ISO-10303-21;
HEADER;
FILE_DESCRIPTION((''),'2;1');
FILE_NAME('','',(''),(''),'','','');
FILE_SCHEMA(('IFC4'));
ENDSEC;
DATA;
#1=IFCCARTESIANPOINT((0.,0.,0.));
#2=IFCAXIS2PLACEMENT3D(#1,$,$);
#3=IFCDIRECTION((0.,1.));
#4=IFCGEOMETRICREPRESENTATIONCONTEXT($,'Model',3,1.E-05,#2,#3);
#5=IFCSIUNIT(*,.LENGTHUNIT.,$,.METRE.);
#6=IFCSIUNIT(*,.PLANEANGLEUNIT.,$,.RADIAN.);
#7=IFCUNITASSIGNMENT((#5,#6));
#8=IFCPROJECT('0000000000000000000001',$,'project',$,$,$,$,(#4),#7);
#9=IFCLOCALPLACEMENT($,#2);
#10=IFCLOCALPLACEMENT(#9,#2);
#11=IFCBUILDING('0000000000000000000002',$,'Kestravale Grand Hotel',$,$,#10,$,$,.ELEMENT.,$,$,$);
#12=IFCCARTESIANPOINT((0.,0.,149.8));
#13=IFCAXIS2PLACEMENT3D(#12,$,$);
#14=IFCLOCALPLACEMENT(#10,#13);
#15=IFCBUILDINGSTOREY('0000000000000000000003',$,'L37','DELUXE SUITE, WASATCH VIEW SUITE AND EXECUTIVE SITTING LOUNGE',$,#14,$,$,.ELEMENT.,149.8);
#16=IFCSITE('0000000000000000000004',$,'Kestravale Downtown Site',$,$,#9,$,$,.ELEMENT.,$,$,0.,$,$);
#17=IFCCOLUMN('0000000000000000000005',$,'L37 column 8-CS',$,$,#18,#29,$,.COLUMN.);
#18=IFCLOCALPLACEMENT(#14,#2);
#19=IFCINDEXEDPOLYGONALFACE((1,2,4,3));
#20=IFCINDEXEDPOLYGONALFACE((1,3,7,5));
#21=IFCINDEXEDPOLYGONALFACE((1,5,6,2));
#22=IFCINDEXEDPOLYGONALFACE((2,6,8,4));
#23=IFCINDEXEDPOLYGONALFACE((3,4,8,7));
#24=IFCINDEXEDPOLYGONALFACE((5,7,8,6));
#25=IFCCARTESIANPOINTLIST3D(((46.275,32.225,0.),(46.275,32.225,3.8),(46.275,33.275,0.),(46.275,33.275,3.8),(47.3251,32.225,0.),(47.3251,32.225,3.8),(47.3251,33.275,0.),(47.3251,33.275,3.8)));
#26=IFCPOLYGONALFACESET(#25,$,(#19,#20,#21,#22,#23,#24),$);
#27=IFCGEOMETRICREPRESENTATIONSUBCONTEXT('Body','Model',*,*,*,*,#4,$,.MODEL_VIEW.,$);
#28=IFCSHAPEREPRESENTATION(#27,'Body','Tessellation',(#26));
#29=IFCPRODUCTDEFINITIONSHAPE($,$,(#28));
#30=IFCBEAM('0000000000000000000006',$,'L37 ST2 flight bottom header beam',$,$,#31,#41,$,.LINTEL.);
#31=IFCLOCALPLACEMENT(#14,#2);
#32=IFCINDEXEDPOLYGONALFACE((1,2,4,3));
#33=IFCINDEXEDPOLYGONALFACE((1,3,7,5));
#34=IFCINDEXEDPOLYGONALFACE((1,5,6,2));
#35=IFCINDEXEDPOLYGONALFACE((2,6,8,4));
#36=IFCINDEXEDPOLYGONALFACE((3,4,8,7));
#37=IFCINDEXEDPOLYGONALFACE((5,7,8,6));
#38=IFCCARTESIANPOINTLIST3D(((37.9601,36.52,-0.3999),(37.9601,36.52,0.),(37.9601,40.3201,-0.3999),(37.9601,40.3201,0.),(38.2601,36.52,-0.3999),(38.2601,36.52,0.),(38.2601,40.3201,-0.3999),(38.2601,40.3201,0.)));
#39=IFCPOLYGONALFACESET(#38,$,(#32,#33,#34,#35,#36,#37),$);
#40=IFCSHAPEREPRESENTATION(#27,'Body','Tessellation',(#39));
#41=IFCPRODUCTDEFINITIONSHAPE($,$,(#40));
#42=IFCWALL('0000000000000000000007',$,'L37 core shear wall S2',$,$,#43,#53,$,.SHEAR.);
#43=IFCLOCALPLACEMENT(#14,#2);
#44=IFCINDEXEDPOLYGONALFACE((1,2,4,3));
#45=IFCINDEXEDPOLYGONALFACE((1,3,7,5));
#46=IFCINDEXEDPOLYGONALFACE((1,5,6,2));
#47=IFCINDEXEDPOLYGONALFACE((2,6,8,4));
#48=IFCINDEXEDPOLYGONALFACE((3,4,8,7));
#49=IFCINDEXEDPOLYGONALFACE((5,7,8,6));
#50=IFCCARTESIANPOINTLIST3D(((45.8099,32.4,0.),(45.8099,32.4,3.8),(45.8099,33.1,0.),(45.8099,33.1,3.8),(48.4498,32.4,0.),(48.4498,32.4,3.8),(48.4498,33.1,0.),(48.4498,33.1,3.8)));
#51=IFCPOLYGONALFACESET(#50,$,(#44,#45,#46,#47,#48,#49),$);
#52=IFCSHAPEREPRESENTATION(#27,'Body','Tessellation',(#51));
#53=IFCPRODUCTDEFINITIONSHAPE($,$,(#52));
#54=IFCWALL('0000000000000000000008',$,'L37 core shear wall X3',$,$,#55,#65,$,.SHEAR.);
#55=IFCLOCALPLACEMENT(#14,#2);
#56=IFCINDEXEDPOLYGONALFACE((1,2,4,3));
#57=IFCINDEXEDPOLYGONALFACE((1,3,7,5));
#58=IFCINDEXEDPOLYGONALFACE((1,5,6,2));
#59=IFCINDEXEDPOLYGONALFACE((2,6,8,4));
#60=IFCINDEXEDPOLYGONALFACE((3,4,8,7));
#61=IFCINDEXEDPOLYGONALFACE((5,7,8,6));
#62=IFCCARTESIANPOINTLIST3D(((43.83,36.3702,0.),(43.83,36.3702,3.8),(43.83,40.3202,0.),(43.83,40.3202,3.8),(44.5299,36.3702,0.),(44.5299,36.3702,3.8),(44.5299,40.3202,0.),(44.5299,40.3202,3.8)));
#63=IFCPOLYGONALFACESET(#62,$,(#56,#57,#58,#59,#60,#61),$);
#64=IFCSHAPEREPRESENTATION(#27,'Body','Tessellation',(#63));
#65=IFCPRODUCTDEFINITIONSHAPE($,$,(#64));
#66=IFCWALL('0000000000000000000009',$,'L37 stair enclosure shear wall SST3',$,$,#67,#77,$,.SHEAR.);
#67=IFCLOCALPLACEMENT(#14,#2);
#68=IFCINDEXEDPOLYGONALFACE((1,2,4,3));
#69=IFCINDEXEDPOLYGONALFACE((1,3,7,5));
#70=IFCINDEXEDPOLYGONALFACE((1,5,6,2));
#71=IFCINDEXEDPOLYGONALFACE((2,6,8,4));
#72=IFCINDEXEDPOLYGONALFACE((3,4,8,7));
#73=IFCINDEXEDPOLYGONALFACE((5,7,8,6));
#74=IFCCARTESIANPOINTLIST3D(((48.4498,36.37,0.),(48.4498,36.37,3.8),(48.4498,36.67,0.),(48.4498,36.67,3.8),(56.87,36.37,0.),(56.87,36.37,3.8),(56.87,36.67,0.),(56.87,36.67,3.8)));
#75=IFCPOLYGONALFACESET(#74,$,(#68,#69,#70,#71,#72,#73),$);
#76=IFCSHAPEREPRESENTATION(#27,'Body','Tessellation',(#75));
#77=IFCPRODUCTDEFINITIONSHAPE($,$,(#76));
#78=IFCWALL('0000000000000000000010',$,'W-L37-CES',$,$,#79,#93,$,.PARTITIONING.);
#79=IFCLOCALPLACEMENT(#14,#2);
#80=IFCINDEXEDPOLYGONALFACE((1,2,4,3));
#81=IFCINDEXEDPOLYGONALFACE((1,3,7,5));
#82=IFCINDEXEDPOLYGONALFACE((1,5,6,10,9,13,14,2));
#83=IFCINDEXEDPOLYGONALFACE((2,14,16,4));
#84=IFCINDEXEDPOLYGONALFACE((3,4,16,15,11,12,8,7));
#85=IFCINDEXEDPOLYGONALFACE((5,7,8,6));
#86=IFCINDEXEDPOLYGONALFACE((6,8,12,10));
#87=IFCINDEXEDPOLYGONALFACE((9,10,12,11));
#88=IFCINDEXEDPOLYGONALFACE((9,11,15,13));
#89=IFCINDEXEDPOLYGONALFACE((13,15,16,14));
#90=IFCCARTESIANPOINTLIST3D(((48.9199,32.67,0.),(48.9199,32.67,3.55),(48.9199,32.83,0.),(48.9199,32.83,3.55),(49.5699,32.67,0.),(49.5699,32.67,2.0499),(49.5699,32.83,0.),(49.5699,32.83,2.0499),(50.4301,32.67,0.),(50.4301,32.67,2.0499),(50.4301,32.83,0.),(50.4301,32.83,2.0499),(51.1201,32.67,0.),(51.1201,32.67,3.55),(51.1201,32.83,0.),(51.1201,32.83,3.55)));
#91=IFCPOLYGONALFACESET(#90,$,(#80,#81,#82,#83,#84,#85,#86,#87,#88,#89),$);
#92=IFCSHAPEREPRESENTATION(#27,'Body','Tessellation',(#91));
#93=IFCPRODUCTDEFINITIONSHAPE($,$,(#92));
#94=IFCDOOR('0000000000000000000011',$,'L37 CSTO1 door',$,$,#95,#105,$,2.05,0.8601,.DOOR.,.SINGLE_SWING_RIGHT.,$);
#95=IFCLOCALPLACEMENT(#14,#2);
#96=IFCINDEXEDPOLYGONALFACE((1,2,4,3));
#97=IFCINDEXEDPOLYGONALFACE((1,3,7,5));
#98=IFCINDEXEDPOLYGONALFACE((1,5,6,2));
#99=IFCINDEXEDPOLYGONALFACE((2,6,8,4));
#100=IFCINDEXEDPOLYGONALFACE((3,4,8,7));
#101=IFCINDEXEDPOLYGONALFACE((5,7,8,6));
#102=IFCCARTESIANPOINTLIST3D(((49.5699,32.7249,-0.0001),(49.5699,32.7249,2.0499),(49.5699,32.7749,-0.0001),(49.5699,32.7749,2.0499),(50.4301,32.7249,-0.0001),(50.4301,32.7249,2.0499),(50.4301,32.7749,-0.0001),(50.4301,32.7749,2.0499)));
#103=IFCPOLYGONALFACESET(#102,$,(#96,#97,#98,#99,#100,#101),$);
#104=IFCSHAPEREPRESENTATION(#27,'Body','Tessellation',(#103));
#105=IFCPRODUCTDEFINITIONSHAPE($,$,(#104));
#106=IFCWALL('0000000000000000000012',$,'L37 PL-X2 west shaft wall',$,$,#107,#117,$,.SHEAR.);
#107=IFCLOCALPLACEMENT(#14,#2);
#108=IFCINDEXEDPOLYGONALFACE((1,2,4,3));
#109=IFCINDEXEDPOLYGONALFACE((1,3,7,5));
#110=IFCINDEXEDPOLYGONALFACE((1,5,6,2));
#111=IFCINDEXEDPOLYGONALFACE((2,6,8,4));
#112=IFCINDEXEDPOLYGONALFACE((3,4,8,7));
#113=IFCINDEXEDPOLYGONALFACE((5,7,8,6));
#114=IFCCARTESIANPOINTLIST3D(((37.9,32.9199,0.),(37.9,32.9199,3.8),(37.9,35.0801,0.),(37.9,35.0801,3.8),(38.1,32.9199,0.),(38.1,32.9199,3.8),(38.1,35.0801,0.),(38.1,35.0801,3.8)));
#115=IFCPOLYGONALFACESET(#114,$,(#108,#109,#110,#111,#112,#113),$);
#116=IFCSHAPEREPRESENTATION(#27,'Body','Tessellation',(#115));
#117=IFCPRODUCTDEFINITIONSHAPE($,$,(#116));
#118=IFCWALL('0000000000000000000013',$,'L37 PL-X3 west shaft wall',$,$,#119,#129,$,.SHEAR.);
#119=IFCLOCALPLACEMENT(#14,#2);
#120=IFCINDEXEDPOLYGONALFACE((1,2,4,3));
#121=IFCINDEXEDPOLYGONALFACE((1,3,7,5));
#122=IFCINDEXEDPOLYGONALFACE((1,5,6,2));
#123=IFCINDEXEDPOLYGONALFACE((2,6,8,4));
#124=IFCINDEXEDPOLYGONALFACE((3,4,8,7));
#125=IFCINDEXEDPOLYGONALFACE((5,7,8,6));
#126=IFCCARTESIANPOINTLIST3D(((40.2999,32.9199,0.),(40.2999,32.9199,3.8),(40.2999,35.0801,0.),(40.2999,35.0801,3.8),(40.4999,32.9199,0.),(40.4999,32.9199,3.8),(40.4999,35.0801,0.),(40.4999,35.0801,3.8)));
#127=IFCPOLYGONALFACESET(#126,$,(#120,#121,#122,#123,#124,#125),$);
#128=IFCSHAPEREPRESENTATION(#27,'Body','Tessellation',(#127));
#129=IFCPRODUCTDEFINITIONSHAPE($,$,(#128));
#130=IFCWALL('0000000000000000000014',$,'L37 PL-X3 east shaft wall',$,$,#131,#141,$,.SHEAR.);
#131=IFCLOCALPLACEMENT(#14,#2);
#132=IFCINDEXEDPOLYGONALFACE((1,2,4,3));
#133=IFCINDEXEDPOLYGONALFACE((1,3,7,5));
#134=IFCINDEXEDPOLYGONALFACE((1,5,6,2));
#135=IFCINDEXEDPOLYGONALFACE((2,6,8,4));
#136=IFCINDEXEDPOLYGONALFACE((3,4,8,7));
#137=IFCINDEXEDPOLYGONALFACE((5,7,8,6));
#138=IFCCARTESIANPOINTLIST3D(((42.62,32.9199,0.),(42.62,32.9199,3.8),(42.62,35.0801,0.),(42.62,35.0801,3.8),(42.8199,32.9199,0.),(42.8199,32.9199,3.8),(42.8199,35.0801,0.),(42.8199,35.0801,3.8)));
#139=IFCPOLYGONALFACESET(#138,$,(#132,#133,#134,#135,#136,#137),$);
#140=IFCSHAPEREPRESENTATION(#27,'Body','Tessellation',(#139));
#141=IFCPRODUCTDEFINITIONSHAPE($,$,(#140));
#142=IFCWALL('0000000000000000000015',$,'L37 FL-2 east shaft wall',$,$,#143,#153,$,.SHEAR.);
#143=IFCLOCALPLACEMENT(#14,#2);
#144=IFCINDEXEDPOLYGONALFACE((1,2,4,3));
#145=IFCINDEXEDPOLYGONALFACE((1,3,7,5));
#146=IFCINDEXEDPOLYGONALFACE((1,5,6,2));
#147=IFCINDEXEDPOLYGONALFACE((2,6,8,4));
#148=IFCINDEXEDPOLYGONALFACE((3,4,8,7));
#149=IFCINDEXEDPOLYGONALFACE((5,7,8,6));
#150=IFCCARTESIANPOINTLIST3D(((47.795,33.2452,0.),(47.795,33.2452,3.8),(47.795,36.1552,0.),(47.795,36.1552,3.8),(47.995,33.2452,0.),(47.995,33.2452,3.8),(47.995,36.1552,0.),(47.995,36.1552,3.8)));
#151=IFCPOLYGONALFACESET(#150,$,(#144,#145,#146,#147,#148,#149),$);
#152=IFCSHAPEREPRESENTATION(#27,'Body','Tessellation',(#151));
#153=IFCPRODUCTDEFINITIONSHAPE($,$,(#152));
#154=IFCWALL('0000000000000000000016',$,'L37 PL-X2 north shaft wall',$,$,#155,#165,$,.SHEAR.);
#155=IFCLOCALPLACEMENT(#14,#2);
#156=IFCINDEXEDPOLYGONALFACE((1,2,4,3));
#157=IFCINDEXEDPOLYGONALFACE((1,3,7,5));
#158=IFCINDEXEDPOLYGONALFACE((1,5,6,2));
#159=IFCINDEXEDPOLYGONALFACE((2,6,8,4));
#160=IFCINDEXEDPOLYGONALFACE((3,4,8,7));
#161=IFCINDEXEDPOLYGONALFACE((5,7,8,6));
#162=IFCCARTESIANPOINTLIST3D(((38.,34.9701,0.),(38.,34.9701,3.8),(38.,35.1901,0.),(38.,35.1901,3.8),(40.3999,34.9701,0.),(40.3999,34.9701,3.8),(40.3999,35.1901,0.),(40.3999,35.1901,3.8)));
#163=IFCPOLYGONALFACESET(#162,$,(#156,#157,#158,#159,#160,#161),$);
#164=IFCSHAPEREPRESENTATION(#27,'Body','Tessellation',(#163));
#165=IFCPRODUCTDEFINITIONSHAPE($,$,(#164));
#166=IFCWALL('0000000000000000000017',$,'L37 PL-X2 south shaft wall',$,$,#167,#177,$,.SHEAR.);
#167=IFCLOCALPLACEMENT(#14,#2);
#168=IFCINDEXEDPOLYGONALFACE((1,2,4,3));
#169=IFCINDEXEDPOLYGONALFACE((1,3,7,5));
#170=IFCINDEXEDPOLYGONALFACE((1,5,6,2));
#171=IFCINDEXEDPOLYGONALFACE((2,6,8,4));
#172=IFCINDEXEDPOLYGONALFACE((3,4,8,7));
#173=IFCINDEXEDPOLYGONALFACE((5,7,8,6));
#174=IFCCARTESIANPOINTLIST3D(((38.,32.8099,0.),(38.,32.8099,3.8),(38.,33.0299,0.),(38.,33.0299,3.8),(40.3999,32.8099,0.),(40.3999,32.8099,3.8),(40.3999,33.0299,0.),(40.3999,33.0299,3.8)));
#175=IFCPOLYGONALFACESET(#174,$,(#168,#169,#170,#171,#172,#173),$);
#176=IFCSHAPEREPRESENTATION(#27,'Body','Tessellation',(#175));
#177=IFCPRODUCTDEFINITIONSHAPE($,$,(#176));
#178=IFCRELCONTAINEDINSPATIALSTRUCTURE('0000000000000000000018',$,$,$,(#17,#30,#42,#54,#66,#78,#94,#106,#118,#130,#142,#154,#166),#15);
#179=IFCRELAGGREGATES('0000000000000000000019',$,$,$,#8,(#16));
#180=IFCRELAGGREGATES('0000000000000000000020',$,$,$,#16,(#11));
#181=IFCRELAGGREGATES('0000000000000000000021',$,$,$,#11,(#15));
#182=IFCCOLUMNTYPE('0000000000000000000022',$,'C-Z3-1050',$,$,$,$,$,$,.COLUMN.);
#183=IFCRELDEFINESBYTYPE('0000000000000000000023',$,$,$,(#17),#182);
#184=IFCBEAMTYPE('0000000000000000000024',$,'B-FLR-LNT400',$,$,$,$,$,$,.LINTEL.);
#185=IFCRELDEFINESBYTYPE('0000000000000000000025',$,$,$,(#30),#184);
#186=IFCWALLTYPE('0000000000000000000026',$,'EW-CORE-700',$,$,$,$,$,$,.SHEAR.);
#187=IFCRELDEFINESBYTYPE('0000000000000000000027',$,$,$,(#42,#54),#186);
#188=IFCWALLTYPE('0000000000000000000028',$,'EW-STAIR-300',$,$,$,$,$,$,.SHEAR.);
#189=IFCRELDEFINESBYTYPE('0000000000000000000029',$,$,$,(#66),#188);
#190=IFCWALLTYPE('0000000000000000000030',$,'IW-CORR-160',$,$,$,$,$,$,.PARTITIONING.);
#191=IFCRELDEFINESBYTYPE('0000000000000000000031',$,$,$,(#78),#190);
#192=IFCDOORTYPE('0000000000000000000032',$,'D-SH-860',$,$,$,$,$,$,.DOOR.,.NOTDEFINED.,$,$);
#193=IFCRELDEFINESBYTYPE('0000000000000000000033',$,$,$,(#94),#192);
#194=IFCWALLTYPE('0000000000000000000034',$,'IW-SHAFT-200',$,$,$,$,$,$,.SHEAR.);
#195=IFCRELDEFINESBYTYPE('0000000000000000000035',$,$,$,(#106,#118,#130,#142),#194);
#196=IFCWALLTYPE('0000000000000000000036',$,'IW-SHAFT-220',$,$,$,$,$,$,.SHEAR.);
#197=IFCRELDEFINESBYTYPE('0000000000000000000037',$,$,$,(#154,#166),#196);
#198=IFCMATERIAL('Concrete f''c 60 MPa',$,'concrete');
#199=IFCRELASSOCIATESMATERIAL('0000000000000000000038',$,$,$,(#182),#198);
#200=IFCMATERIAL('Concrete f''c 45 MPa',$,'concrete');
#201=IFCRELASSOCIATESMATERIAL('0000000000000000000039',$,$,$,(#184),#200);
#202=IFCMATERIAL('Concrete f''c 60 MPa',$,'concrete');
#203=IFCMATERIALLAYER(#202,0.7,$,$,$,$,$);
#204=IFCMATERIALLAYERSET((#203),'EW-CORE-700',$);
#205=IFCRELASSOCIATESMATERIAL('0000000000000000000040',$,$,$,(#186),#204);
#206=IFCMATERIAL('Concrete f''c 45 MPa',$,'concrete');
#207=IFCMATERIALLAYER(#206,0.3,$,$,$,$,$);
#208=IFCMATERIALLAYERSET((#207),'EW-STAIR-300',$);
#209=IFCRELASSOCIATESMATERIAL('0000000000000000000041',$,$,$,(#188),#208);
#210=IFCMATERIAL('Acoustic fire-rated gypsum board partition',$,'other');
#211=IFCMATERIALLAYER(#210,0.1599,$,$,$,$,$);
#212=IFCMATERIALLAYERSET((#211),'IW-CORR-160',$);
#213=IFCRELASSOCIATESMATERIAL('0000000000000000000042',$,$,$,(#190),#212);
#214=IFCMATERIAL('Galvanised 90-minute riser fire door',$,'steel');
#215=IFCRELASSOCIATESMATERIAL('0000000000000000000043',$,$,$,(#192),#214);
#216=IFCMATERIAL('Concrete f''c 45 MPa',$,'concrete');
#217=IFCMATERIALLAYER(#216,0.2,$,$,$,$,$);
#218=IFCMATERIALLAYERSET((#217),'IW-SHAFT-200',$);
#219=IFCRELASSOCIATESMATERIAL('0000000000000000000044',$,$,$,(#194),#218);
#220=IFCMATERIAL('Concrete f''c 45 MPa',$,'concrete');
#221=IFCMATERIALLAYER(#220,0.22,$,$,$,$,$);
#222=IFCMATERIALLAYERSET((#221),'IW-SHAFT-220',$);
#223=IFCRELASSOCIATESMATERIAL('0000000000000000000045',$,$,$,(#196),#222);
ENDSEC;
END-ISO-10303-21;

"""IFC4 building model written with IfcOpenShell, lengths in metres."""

from ifc_helpers import new_model, si_unit, direction, frame, frame_2d, origin, origin_2d, place, context, subcontext, project, spatial, rectangle, extrude, material, layer, layer_set, material_profile, profile_set, type_object, element, fill, save


model = new_model("IFC4")

# Units and contexts
model_context = context("Model", 3, precision=1e-05, world=origin(), true_north=direction((0.0, 1.0)))
body_context = subcontext(model_context, "Body", "Model", "MODEL_VIEW")
ifc_project = project(units=[si_unit("LENGTHUNIT", "METRE"), si_unit("PLANEANGLEUNIT", "RADIAN")], contexts=[model_context])

# Site, building, storey
site_placement = place(None, origin())
site = spatial("IfcSite", under=ifc_project, at=site_placement, Name="Kestravale Downtown Site", CompositionType="ELEMENT", RefElevation=0.0)
building_placement = place(site_placement, origin())
building = spatial("IfcBuilding", under=site, at=building_placement, Name="Kestravale Grand Hotel", CompositionType="ELEMENT")
storey_placement = place(building_placement, frame((0.0, 0.0, 149.8)))
storey = spatial("IfcBuildingStorey", under=building, at=storey_placement, Name="L37", Description="DELUXE SUITE, WASATCH VIEW SUITE AND EXECUTIVE SITTING LOUNGE", CompositionType="ELEMENT", Elevation=149.8)

# Column
ifc_material_1 = material(Name="Concrete f'c 60 MPa", Category="concrete")
ifc_material_profile_1 = material_profile(ifc_material_1, rectangle(XDim=1.05, YDim=1.05, at=origin_2d()))
ifc_profile_set_1 = profile_set([ifc_material_profile_1], Name="Concrete f'c 60 MPa")
column_type = type_object("IfcColumnType", Name="C-Z3-1050", PredefinedType="COLUMN", material=ifc_profile_set_1)
column_placement = place(storey_placement, frame((46.8, 32.75, 0.0), z_axis=(0.0, 0.0, 1.0), x_axis=(1.0, 0.0, 0.0)))
element("IfcColumn", 1, at=column_placement, inside=storey, type_object=column_type, Name="L37 column 8-CS", PredefinedType="COLUMN", context=body_context, shape_type="SweptSolid", body=[
    extrude(rectangle(XDim=1.05, YDim=1.05, at=origin_2d()), origin(), (0.0, 0.0, 1.0), 3.8),
])

# Beam
ifc_material_2 = material(Name="Concrete f'c 45 MPa", Category="concrete")
ifc_material_profile_2 = material_profile(ifc_material_2, rectangle(XDim=0.3, YDim=0.3999, at=origin_2d()))
ifc_profile_set_2 = profile_set([ifc_material_profile_2], Name="Concrete f'c 45 MPa")
beam_type = type_object("IfcBeamType", Name="B-FLR-LNT400", PredefinedType="LINTEL", material=ifc_profile_set_2)
beam_placement = place(storey_placement, frame((38.1101, 36.52, -0.2), z_axis=(0.0, 1.0, 0.0), x_axis=(-1.0, 0.0, 0.0)))
element("IfcBeam", 2, at=beam_placement, inside=storey, type_object=beam_type, Name="L37 ST2 flight bottom header beam", PredefinedType="LINTEL", context=body_context, shape_type="SweptSolid", body=[
    extrude(rectangle(XDim=0.3, YDim=0.3999, at=origin_2d()), origin(), (0.0, 0.0, 1.0), 3.8),
])

# Walls
ifc_material_3 = material(Name="Concrete f'c 60 MPa", Category="concrete")
ifc_layer_1 = layer(ifc_material_3, 0.7)
ifc_layer_set_1 = layer_set([ifc_layer_1], Name="EW-CORE-700")
wall_type_1 = type_object("IfcWallType", Name="EW-CORE-700", PredefinedType="SHEAR", material=ifc_layer_set_1)
wall_1_placement = place(storey_placement, frame((45.8101, 32.75, 0.0), z_axis=(0.0, 0.0, 1.0), x_axis=(1.0, 0.0, 0.0)))
element("IfcWall", 3, at=wall_1_placement, inside=storey, type_object=wall_type_1, Name="L37 core shear wall S2", PredefinedType="SHEAR", context=body_context, shape_type="SweptSolid", body=[
    extrude(rectangle(XDim=2.6399, YDim=0.7, at=frame_2d((1.3198, 0.0))), origin(), (0.0, 0.0, 1.0), 3.8),
])
wall_2_placement = place(storey_placement, frame((44.1799, 36.3701, 0.0), z_axis=(0.0, 0.0, 1.0), x_axis=(0.0, 1.0, 0.0)))
element("IfcWall", 4, at=wall_2_placement, inside=storey, type_object=wall_type_1, Name="L37 core shear wall X3", PredefinedType="SHEAR", context=body_context, shape_type="SweptSolid", body=[
    extrude(rectangle(XDim=3.95, YDim=0.7, at=frame_2d((1.9751, 0.0))), origin(), (0.0, 0.0, 1.0), 3.8),
])
ifc_material_4 = material(Name="Concrete f'c 45 MPa", Category="concrete")
ifc_layer_2 = layer(ifc_material_4, 0.3)
ifc_layer_set_2 = layer_set([ifc_layer_2], Name="EW-STAIR-300")
wall_type_2 = type_object("IfcWallType", Name="EW-STAIR-300", PredefinedType="SHEAR", material=ifc_layer_set_2)
wall_3_placement = place(storey_placement, frame((48.45, 36.52, 0.0), z_axis=(0.0, 0.0, 1.0), x_axis=(1.0, 0.0, 0.0)))
element("IfcWall", 5, at=wall_3_placement, inside=storey, type_object=wall_type_2, Name="L37 stair enclosure shear wall SST3", PredefinedType="SHEAR", context=body_context, shape_type="SweptSolid", body=[
    extrude(rectangle(XDim=8.4202, YDim=0.3, at=frame_2d((4.21, 0.0))), origin(), (0.0, 0.0, 1.0), 3.8),
])

# Wall, opening, door
ifc_material_5 = material(Name="Acoustic fire-rated gypsum board partition", Category="other")
ifc_layer_3 = layer(ifc_material_5, 0.1599)
ifc_layer_set_3 = layer_set([ifc_layer_3], Name="IW-CORR-160")
wall_type_3 = type_object("IfcWallType", Name="IW-CORR-160", PredefinedType="PARTITIONING", material=ifc_layer_set_3)
wall_4_placement = place(storey_placement, frame((48.9199, 32.75, 0.0), z_axis=(0.0, 0.0, 1.0), x_axis=(1.0, 0.0, 0.0)))
wall_4 = element("IfcWall", 6, at=wall_4_placement, inside=storey, type_object=wall_type_3, Name="W-L37-CES", PredefinedType="PARTITIONING", context=body_context, shape_type="SweptSolid", body=[
    extrude(rectangle(XDim=2.2002, YDim=0.1599, at=frame_2d((1.1001, 0.0))), origin(), (0.0, 0.0, 1.0), 3.55),
])
opening_1_placement = place(wall_4_placement, frame((0.6499, 0.0, 0.0)))
opening_1 = element("IfcOpeningElement", 7, at=opening_1_placement, cuts=wall_4, PredefinedType="OPENING", context=body_context, shape_type="SweptSolid", body=[
    extrude(rectangle(XDim=0.8601, YDim=2.05, at=frame_2d((0.4302, 1.0249))), frame((0.0, 0.0898, 0.0), z_axis=(0.0, -1.0, 0.0), x_axis=(1.0, 0.0, 0.0)), (0.0, 0.0, 1.0), 0.1799),
])
ifc_material_6 = material(Name="Galvanised 90-minute riser fire door", Category="steel")
door_type_1 = type_object("IfcDoorType", Name="D-SH-860", OperationType="NOTDEFINED", PredefinedType="DOOR", material=ifc_material_6)
door_1_placement = place(opening_1_placement, origin())
door_1 = element("IfcDoor", 8, at=door_1_placement, inside=storey, type_object=door_type_1, Name="L37 CSTO1 door", OperationType="SINGLE_SWING_RIGHT", OverallHeight=2.05, OverallWidth=0.8601, PredefinedType="DOOR", context=body_context, shape_type="SweptSolid", body=[
    extrude(rectangle(XDim=0.8601, YDim=2.05, at=frame_2d((0.4302, 1.0249))), frame((0.0, 0.0249, 0.0), z_axis=(0.0, -1.0, 0.0), x_axis=(1.0, 0.0, 0.0)), (0.0, 0.0, 1.0), 0.05),
])
fill(opening_1, door_1)

# Walls
ifc_material_7 = material(Name="Concrete f'c 45 MPa", Category="concrete")
ifc_layer_4 = layer(ifc_material_7, 0.2)
ifc_layer_set_4 = layer_set([ifc_layer_4], Name="IW-SHAFT-200")
wall_type_4 = type_object("IfcWallType", Name="IW-SHAFT-200", PredefinedType="SHEAR", material=ifc_layer_set_4)
for number, where, z_axis, x_axis, name in (
    (9, (38.0, 32.9199, 0.0), (0.0, 0.0, 1.0), (0.0, 1.0, 0.0), "L37 PL-X2 west shaft wall"),
    (10, (40.3999, 32.9199, 0.0), (0.0, 0.0, 1.0), (0.0, 1.0, 0.0), "L37 PL-X3 west shaft wall"),
    (11, (42.72, 32.9199, 0.0), (0.0, 0.0, 1.0), (0.0, 1.0, 0.0), "L37 PL-X3 east shaft wall"),
):
    element("IfcWall", number, at=place(storey_placement, frame(where, z_axis=z_axis, x_axis=x_axis)), inside=storey, type_object=wall_type_4, Name=name, PredefinedType="SHEAR", context=body_context, shape_type="SweptSolid", body=[
        extrude(rectangle(XDim=2.1602, YDim=0.2, at=frame_2d((1.0801, 0.0))), origin(), (0.0, 0.0, 1.0), 3.8),
    ])
wall_5_placement = place(storey_placement, frame((47.895, 33.2451, 0.0), z_axis=(0.0, 0.0, 1.0), x_axis=(0.0, 1.0, 0.0)))
element("IfcWall", 12, at=wall_5_placement, inside=storey, type_object=wall_type_4, Name="L37 FL-2 east shaft wall", PredefinedType="SHEAR", context=body_context, shape_type="SweptSolid", body=[
    extrude(rectangle(XDim=2.9099, YDim=0.2, at=frame_2d((1.4551, 0.0))), origin(), (0.0, 0.0, 1.0), 3.8),
])
ifc_material_8 = material(Name="Concrete f'c 45 MPa", Category="concrete")
ifc_layer_5 = layer(ifc_material_8, 0.22)
ifc_layer_set_5 = layer_set([ifc_layer_5], Name="IW-SHAFT-220")
wall_type_5 = type_object("IfcWallType", Name="IW-SHAFT-220", PredefinedType="SHEAR", material=ifc_layer_set_5)
for number, where, z_axis, x_axis, name in (
    (13, (38.0, 35.0801, 0.0), (0.0, 0.0, 1.0), (1.0, 0.0, 0.0), "L37 PL-X2 north shaft wall"),
    (14, (38.0, 32.9199, 0.0), (0.0, 0.0, 1.0), (1.0, 0.0, 0.0), "L37 PL-X2 south shaft wall"),
):
    element("IfcWall", number, at=place(storey_placement, frame(where, z_axis=z_axis, x_axis=x_axis)), inside=storey, type_object=wall_type_5, Name=name, PredefinedType="SHEAR", context=body_context, shape_type="SweptSolid", body=[
        extrude(rectangle(XDim=2.3999, YDim=0.22, at=frame_2d((1.2, 0.0))), origin(), (0.0, 0.0, 1.0), 3.8),
    ])

save(model, "model.ifc")
